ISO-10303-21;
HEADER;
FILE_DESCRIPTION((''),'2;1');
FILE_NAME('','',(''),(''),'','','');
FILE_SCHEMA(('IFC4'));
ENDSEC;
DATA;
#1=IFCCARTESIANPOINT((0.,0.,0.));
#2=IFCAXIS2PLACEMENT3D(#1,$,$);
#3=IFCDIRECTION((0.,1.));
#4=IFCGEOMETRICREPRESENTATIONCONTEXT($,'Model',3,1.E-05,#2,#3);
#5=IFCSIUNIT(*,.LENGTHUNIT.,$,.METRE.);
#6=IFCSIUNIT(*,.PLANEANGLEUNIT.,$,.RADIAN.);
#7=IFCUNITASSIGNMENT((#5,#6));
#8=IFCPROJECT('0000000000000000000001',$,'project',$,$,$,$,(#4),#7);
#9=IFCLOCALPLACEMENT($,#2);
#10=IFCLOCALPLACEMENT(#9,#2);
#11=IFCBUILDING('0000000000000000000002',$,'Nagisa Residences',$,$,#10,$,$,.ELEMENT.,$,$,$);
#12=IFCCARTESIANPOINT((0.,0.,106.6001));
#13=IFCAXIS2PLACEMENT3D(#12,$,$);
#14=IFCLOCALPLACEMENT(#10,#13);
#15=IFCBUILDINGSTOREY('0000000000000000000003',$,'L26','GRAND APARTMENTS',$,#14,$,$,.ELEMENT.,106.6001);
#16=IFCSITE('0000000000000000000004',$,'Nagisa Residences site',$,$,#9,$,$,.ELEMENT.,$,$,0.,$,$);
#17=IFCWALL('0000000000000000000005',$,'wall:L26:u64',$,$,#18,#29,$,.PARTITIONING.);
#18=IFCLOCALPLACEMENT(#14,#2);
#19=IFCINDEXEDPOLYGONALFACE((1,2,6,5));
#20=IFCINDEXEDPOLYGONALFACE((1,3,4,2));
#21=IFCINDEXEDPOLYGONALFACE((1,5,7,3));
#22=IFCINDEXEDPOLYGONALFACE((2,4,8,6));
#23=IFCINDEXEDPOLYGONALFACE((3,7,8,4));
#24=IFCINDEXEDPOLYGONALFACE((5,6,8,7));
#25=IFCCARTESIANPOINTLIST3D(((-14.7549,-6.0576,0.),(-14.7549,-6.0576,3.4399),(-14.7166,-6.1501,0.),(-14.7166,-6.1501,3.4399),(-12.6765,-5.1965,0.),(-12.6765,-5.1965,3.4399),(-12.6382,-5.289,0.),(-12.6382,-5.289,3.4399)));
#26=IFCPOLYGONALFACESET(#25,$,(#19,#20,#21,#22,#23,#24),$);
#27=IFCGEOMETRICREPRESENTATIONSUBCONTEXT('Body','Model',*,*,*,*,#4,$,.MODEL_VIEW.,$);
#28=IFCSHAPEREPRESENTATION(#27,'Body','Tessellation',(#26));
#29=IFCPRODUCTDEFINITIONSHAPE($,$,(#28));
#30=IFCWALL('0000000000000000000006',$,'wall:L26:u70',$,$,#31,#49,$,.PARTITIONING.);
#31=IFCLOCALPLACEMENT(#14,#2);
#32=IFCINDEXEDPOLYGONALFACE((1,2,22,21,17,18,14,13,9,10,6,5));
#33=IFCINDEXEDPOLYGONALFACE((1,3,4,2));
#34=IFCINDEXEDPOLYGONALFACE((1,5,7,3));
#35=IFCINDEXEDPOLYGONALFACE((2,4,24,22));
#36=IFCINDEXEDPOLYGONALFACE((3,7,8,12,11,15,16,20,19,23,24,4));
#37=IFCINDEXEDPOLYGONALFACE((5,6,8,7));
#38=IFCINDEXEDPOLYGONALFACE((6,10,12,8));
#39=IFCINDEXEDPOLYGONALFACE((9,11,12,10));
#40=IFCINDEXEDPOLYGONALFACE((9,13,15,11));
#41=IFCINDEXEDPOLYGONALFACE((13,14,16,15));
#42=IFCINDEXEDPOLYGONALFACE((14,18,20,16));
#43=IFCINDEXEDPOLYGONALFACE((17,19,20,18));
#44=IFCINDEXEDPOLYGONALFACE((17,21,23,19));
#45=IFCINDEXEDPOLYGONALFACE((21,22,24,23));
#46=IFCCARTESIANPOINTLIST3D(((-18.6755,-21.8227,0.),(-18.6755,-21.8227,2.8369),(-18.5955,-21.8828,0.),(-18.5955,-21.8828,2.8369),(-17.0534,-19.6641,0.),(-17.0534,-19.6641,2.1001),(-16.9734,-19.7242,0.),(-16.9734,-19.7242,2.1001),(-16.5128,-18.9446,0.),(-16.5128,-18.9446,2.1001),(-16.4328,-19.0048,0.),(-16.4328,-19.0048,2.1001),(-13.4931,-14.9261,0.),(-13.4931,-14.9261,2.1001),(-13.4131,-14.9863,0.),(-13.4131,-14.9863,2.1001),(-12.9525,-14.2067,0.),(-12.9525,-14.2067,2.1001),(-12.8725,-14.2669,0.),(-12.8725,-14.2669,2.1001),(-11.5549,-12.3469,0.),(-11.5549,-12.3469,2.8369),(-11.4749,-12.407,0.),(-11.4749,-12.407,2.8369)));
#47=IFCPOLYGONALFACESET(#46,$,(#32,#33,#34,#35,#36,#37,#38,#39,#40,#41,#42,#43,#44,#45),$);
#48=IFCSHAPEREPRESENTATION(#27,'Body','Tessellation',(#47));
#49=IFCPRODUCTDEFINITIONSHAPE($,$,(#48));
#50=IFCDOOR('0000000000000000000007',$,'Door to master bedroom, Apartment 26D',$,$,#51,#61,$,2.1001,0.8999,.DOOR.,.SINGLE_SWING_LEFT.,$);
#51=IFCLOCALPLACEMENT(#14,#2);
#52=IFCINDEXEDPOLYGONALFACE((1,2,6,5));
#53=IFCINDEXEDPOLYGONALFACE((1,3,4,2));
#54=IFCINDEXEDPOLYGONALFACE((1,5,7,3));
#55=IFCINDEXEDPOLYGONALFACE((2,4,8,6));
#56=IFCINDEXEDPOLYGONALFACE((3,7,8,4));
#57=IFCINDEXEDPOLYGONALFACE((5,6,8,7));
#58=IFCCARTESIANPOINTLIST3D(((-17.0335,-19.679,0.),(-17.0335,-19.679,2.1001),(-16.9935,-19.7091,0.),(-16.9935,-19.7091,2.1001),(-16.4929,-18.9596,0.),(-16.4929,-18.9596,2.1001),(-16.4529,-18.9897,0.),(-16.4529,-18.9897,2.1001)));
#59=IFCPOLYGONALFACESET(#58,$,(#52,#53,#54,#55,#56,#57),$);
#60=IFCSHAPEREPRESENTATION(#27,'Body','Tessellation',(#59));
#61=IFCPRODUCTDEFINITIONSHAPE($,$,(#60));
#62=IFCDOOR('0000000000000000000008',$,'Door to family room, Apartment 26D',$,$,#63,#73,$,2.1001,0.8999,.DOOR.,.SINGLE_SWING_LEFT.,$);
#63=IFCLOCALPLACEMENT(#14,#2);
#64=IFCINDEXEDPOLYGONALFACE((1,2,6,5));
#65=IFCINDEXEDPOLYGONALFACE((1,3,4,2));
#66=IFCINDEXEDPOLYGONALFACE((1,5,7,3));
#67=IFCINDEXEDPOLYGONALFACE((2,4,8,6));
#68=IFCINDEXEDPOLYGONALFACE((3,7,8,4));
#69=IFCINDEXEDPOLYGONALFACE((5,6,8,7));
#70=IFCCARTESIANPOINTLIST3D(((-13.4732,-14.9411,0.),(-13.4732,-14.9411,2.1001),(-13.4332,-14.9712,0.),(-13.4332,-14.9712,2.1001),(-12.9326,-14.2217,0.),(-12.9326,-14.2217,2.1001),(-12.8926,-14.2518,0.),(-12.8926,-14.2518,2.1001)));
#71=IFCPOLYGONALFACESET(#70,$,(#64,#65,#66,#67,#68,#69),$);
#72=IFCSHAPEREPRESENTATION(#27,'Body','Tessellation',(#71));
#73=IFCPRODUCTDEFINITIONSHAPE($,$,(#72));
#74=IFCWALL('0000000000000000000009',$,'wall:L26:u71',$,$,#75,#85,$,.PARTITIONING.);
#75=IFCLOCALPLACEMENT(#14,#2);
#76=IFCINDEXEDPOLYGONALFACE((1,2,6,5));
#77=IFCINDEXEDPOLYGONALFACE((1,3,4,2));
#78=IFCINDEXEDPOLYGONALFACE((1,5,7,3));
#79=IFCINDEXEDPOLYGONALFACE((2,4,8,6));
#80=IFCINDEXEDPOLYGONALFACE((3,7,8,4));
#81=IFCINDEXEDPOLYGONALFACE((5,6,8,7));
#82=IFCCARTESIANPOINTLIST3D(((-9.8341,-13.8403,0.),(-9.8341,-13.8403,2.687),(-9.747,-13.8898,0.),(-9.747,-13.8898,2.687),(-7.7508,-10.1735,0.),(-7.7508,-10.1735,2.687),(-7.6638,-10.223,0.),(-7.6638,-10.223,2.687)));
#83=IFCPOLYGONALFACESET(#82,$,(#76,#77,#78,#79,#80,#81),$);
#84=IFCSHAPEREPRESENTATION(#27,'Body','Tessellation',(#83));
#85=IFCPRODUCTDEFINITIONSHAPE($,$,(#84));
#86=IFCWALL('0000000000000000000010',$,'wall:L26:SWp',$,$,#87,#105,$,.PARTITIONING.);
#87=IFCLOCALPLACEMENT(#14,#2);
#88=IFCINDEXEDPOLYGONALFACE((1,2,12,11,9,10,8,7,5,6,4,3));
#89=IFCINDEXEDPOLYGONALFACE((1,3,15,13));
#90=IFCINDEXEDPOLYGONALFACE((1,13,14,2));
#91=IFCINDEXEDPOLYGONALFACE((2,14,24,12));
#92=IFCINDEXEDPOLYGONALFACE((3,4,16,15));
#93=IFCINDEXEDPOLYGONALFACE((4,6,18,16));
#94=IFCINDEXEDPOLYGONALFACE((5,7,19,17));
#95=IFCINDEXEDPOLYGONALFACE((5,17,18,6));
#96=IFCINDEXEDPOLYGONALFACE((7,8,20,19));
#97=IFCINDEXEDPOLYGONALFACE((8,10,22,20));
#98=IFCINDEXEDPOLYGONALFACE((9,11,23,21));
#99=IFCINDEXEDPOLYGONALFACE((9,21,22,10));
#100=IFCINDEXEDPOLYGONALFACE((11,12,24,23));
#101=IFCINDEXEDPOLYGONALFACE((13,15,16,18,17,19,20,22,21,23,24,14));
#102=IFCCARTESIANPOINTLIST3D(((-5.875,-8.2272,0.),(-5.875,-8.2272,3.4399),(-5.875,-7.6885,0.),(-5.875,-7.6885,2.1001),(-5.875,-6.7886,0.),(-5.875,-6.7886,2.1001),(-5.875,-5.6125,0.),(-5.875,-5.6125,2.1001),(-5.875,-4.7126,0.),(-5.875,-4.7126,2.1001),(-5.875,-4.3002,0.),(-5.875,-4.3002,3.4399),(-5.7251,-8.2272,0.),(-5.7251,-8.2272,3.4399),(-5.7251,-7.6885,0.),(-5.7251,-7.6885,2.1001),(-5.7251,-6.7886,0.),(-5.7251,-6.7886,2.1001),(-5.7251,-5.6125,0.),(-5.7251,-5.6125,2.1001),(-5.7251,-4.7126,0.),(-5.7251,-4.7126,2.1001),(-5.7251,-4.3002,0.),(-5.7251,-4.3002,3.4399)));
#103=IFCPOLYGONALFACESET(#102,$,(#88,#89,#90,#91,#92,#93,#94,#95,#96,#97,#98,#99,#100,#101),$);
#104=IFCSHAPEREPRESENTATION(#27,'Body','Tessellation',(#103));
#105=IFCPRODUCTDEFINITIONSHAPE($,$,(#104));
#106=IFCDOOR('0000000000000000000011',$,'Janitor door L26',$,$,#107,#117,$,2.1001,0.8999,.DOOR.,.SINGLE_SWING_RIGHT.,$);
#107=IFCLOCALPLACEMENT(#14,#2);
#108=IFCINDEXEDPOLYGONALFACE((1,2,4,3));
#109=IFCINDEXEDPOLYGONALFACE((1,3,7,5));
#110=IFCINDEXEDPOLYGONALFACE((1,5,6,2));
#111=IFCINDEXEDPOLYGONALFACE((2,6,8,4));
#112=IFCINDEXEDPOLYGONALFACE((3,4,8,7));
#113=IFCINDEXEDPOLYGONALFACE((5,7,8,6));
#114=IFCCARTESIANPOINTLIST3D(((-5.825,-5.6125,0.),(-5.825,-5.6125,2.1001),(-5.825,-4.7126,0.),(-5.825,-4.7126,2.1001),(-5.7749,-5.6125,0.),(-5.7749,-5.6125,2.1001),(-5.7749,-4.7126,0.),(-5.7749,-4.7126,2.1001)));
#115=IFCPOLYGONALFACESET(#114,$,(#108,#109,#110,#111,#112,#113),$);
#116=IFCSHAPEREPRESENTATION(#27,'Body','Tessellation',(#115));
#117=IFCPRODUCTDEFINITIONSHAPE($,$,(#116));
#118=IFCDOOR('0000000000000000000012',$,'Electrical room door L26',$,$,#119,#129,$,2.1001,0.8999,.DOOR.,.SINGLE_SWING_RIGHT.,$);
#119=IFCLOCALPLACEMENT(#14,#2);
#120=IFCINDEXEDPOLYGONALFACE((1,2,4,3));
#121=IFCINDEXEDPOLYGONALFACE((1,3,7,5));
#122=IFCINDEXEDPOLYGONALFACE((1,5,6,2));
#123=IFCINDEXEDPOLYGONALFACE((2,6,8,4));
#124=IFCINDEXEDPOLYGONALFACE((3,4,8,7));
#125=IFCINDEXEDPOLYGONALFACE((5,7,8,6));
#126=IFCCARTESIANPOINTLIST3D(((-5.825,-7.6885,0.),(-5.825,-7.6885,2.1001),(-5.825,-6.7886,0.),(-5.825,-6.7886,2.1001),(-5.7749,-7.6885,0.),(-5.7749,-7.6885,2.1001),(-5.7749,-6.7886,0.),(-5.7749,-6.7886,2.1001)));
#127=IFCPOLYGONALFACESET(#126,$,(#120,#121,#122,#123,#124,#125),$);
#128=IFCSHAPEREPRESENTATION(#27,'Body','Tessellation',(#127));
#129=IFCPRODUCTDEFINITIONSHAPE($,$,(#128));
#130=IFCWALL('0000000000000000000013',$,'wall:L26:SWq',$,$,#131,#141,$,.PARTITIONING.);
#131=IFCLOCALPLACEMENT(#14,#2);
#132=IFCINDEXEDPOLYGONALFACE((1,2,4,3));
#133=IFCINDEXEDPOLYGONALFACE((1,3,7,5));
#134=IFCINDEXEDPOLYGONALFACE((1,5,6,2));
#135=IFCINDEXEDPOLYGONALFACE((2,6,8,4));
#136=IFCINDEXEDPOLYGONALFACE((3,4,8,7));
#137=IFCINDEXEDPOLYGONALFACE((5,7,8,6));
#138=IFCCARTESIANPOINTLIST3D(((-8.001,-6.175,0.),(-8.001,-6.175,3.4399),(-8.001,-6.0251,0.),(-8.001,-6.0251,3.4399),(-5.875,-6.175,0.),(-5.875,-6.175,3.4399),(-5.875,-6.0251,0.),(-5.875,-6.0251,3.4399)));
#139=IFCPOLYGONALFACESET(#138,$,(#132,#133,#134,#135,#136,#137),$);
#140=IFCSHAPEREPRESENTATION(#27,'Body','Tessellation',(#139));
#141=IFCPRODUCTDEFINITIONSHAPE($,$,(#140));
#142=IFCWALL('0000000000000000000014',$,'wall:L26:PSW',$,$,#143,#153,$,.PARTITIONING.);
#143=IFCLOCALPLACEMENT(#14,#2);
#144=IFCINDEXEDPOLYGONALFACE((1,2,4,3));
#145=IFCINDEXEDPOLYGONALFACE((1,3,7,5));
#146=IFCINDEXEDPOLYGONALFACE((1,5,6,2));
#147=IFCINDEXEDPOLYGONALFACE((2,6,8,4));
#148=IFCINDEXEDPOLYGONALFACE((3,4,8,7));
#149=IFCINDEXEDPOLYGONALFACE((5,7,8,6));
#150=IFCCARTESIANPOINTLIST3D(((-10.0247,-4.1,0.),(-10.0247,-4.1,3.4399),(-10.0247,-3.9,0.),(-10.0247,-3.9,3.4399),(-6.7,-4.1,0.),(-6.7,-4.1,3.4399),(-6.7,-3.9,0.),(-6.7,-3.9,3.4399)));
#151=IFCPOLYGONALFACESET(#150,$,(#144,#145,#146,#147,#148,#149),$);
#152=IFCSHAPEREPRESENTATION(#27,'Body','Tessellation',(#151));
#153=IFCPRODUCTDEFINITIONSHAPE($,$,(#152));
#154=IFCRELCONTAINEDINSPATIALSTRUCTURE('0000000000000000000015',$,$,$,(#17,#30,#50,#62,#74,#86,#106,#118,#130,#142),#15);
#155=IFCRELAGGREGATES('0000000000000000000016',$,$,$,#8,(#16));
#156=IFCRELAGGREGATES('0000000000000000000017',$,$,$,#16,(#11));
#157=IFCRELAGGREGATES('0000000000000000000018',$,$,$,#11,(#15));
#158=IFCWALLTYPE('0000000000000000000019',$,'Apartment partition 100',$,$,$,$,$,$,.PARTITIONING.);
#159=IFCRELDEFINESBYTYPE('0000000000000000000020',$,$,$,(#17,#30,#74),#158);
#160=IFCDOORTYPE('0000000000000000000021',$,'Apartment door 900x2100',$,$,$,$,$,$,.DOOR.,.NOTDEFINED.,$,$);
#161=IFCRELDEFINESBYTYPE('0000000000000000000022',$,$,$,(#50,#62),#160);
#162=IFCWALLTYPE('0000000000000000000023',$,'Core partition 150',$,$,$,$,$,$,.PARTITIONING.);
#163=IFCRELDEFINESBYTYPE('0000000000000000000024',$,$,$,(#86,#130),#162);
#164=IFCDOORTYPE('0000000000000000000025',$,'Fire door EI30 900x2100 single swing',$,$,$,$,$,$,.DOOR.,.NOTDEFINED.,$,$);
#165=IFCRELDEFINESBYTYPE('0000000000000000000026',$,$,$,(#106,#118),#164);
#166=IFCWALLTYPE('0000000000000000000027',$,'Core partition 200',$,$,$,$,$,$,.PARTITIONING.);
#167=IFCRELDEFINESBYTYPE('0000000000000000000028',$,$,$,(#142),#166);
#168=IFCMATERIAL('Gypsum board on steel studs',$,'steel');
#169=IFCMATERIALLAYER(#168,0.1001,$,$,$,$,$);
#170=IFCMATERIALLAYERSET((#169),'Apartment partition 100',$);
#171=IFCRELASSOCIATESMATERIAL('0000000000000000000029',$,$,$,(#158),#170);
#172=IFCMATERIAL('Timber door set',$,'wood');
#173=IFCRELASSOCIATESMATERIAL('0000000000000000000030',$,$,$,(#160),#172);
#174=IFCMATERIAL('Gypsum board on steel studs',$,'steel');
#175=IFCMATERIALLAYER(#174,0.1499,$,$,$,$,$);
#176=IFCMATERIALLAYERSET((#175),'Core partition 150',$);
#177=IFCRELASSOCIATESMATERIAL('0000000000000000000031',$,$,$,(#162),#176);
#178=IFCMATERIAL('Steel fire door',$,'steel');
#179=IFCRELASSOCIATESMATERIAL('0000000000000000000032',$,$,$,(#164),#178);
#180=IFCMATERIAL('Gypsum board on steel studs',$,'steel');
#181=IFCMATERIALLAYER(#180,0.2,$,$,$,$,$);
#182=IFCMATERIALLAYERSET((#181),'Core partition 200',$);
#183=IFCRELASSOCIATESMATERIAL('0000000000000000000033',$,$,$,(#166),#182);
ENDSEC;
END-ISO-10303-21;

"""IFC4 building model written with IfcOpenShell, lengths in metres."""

from ifc_helpers import new_model, si_unit, direction, frame, frame_2d, origin, place, context, subcontext, project, spatial, rectangle, extrude, material, layer, layer_set, type_object, element, fill, save


model = new_model("IFC4")

# Units and contexts
model_context = context("Model", 3, precision=1e-05, world=origin(), true_north=direction((0.0, 1.0)))
body_context = subcontext(model_context, "Body", "Model", "MODEL_VIEW")
ifc_project = project(units=[si_unit("LENGTHUNIT", "METRE"), si_unit("PLANEANGLEUNIT", "RADIAN")], contexts=[model_context])

# Site, building, storey
site_placement = place(None, origin())
site = spatial("IfcSite", under=ifc_project, at=site_placement, Name="Nagisa Residences site", CompositionType="ELEMENT", RefElevation=0.0)
building_placement = place(site_placement, origin())
building = spatial("IfcBuilding", under=site, at=building_placement, Name="Nagisa Residences", CompositionType="ELEMENT")
storey_placement = place(building_placement, frame((0.0, 0.0, 106.6001)))
storey = spatial("IfcBuildingStorey", under=building, at=storey_placement, Name="L26", Description="GRAND APARTMENTS", CompositionType="ELEMENT", Elevation=106.6001)

# Wall
ifc_material_1 = material(Name="Gypsum board on steel studs", Category="steel")
ifc_layer_1 = layer(ifc_material_1, 0.1001)
ifc_layer_set_1 = layer_set([ifc_layer_1], Name="Apartment partition 100")
wall_type_1 = type_object("IfcWallType", Name="Apartment partition 100", PredefinedType="PARTITIONING", material=ifc_layer_set_1)
wall_1_placement = place(storey_placement, frame((-12.6572, -5.2427, 0.0), z_axis=(0.0, 0.0, 1.0), x_axis=(-0.923849, -0.382758, 0.0)))
element("IfcWall", 1, at=wall_1_placement, inside=storey, type_object=wall_type_1, Name="wall:L26:u64", PredefinedType="PARTITIONING", context=body_context, shape_type="SweptSolid", body=[
    extrude(rectangle(XDim=2.2498, YDim=0.1001, at=frame_2d((1.125, 0.0))), origin(), (0.0, 0.0, 1.0), 3.4399),
])

# Wall, openings, doors
wall_2_placement = place(storey_placement, frame((-11.5149, -12.377, 0.0), z_axis=(0.0, 0.0, 1.0), x_axis=(-0.600741, -0.799444, 0.0)))
wall_2 = element("IfcWall", 2, at=wall_2_placement, inside=storey, type_object=wall_type_1, Name="wall:L26:u70", PredefinedType="PARTITIONING", context=body_context, shape_type="SweptSolid", body=[
    extrude(rectangle(XDim=11.853, YDim=0.1001, at=frame_2d((5.9265, 0.0))), origin(), (0.0, 0.0, 1.0), 2.8369),
])
opening_1_placement = place(wall_2_placement, frame((8.2529, 0.0, 0.0)))
opening_1 = element("IfcOpeningElement", 3, at=opening_1_placement, cuts=wall_2, PredefinedType="OPENING", context=body_context, shape_type="SweptSolid", body=[
    extrude(rectangle(XDim=0.8999, YDim=2.1001, at=frame_2d((0.45, 1.05))), frame((0.0, 0.0601, 0.0), z_axis=(0.0, -1.0, 0.0), x_axis=(1.0, 0.0, 0.0)), (0.0, 0.0, 1.0), 0.1201),
])
opening_2_placement = place(wall_2_placement, frame((2.3264, 0.0, 0.0)))
opening_2 = element("IfcOpeningElement", 4, at=opening_2_placement, cuts=wall_2, PredefinedType="OPENING", context=body_context, shape_type="SweptSolid", body=[
    extrude(rectangle(XDim=0.8999, YDim=2.1001, at=frame_2d((0.45, 1.05))), frame((0.0, 0.0601, 0.0), z_axis=(0.0, -1.0, 0.0), x_axis=(1.0, 0.0, 0.0)), (0.0, 0.0, 1.0), 0.1201),
])
ifc_material_2 = material(Name="Timber door set", Category="wood")
door_type_1 = type_object("IfcDoorType", Name="Apartment door 900x2100", OperationType="NOTDEFINED", PredefinedType="DOOR", material=ifc_material_2)
door_1_placement = place(opening_1_placement, origin())
door_1 = element("IfcDoor", 5, at=door_1_placement, inside=storey, type_object=door_type_1, Name="Door to master bedroom, Apartment 26D", OperationType="SINGLE_SWING_LEFT", OverallHeight=2.1001, OverallWidth=0.8999, PredefinedType="DOOR", context=body_context, shape_type="SweptSolid", body=[
    extrude(rectangle(XDim=0.8999, YDim=2.1001, at=frame_2d((0.45, 1.05))), frame((0.0, 0.0249, 0.0), z_axis=(0.0, -1.0, 0.0), x_axis=(1.0, 0.0, 0.0)), (0.0, 0.0, 1.0), 0.05),
])
fill(opening_1, door_1)
door_2_placement = place(opening_2_placement, origin())
door_2 = element("IfcDoor", 6, at=door_2_placement, inside=storey, type_object=door_type_1, Name="Door to family room, Apartment 26D", OperationType="SINGLE_SWING_LEFT", OverallHeight=2.1001, OverallWidth=0.8999, PredefinedType="DOOR", context=body_context, shape_type="SweptSolid", body=[
    extrude(rectangle(XDim=0.8999, YDim=2.1001, at=frame_2d((0.45, 1.05))), frame((0.0, 0.0249, 0.0), z_axis=(0.0, -1.0, 0.0), x_axis=(1.0, 0.0, 0.0)), (0.0, 0.0, 1.0), 0.05),
])
fill(opening_2, door_2)

# Wall
wall_3_placement = place(storey_placement, frame((-7.7073, -10.1982, 0.0), z_axis=(0.0, 0.0, 1.0), x_axis=(-0.493987, -0.86947, 0.0)))
element("IfcWall", 7, at=wall_3_placement, inside=storey, type_object=wall_type_1, Name="wall:L26:u71", PredefinedType="PARTITIONING", context=body_context, shape_type="SweptSolid", body=[
    extrude(rectangle(XDim=4.2173, YDim=0.1001, at=frame_2d((2.1086, 0.0))), origin(), (0.0, 0.0, 1.0), 2.687),
])

# Wall, openings, doors
ifc_material_3 = material(Name="Gypsum board on steel studs", Category="steel")
ifc_layer_2 = layer(ifc_material_3, 0.1499)
ifc_layer_set_2 = layer_set([ifc_layer_2], Name="Core partition 150")
wall_type_2 = type_object("IfcWallType", Name="Core partition 150", PredefinedType="PARTITIONING", material=ifc_layer_set_2)
wall_4_placement = place(storey_placement, frame((-5.8, -8.2271, 0.0), z_axis=(0.0, 0.0, 1.0), x_axis=(0.0, 1.0, 0.0)))
wall_4 = element("IfcWall", 8, at=wall_4_placement, inside=storey, type_object=wall_type_2, Name="wall:L26:SWp", PredefinedType="PARTITIONING", context=body_context, shape_type="SweptSolid", body=[
    extrude(rectangle(XDim=3.927, YDim=0.1499, at=frame_2d((1.9634, 0.0))), origin(), (0.0, 0.0, 1.0), 3.4399),
])
opening_3_placement = place(wall_4_placement, frame((2.6145, 0.0, 0.0)))
opening_3 = element("IfcOpeningElement", 9, at=opening_3_placement, cuts=wall_4, PredefinedType="OPENING", context=body_context, shape_type="SweptSolid", body=[
    extrude(rectangle(XDim=0.8999, YDim=2.1001, at=frame_2d((0.45, 1.05))), frame((0.0, 0.085, 0.0), z_axis=(0.0, -1.0, 0.0), x_axis=(1.0, 0.0, 0.0)), (0.0, 0.0, 1.0), 0.1699),
])
opening_4_placement = place(wall_4_placement, frame((0.5386, 0.0, 0.0)))
opening_4 = element("IfcOpeningElement", 10, at=opening_4_placement, cuts=wall_4, PredefinedType="OPENING", context=body_context, shape_type="SweptSolid", body=[
    extrude(rectangle(XDim=0.8999, YDim=2.1001, at=frame_2d((0.45, 1.05))), frame((0.0, 0.085, 0.0), z_axis=(0.0, -1.0, 0.0), x_axis=(1.0, 0.0, 0.0)), (0.0, 0.0, 1.0), 0.1699),
])
ifc_material_4 = material(Name="Steel fire door", Category="steel")
door_type_2 = type_object("IfcDoorType", Name="Fire door EI30 900x2100 single swing", OperationType="NOTDEFINED", PredefinedType="DOOR", material=ifc_material_4)
door_3_placement = place(opening_3_placement, origin())
door_3 = element("IfcDoor", 11, at=door_3_placement, inside=storey, type_object=door_type_2, Name="Janitor door L26", OperationType="SINGLE_SWING_RIGHT", OverallHeight=2.1001, OverallWidth=0.8999, PredefinedType="DOOR", context=body_context, shape_type="SweptSolid", body=[
    extrude(rectangle(XDim=0.8999, YDim=2.1001, at=frame_2d((0.45, 1.05))), frame((0.0, 0.0249, 0.0), z_axis=(0.0, -1.0, 0.0), x_axis=(1.0, 0.0, 0.0)), (0.0, 0.0, 1.0), 0.05),
])
fill(opening_3, door_3)
door_4_placement = place(opening_4_placement, origin())
door_4 = element("IfcDoor", 12, at=door_4_placement, inside=storey, type_object=door_type_2, Name="Electrical room door L26", OperationType="SINGLE_SWING_RIGHT", OverallHeight=2.1001, OverallWidth=0.8999, PredefinedType="DOOR", context=body_context, shape_type="SweptSolid", body=[
    extrude(rectangle(XDim=0.8999, YDim=2.1001, at=frame_2d((0.45, 1.05))), frame((0.0, 0.0249, 0.0), z_axis=(0.0, -1.0, 0.0), x_axis=(1.0, 0.0, 0.0)), (0.0, 0.0, 1.0), 0.05),
])
fill(opening_4, door_4)

# Walls
wall_5_placement = place(storey_placement, frame((-8.001, -6.1001, 0.0), z_axis=(0.0, 0.0, 1.0), x_axis=(1.0, 0.0, 0.0)))
element("IfcWall", 13, at=wall_5_placement, inside=storey, type_object=wall_type_2, Name="wall:L26:SWq", PredefinedType="PARTITIONING", context=body_context, shape_type="SweptSolid", body=[
    extrude(rectangle(XDim=2.126, YDim=0.1499, at=frame_2d((1.063, 0.0))), origin(), (0.0, 0.0, 1.0), 3.4399),
])
ifc_material_5 = material(Name="Gypsum board on steel studs", Category="steel")
ifc_layer_3 = layer(ifc_material_5, 0.2)
ifc_layer_set_3 = layer_set([ifc_layer_3], Name="Core partition 200")
wall_type_3 = type_object("IfcWallType", Name="Core partition 200", PredefinedType="PARTITIONING", material=ifc_layer_set_3)
wall_6_placement = place(storey_placement, frame((-10.0247, -4.0, 0.0), z_axis=(0.0, 0.0, 1.0), x_axis=(1.0, 0.0, 0.0)))
element("IfcWall", 14, at=wall_6_placement, inside=storey, type_object=wall_type_3, Name="wall:L26:PSW", PredefinedType="PARTITIONING", context=body_context, shape_type="SweptSolid", body=[
    extrude(rectangle(XDim=3.3247, YDim=0.2, at=frame_2d((1.6624, 0.0))), origin(), (0.0, 0.0, 1.0), 3.4399),
])

save(model, "model.ifc")
